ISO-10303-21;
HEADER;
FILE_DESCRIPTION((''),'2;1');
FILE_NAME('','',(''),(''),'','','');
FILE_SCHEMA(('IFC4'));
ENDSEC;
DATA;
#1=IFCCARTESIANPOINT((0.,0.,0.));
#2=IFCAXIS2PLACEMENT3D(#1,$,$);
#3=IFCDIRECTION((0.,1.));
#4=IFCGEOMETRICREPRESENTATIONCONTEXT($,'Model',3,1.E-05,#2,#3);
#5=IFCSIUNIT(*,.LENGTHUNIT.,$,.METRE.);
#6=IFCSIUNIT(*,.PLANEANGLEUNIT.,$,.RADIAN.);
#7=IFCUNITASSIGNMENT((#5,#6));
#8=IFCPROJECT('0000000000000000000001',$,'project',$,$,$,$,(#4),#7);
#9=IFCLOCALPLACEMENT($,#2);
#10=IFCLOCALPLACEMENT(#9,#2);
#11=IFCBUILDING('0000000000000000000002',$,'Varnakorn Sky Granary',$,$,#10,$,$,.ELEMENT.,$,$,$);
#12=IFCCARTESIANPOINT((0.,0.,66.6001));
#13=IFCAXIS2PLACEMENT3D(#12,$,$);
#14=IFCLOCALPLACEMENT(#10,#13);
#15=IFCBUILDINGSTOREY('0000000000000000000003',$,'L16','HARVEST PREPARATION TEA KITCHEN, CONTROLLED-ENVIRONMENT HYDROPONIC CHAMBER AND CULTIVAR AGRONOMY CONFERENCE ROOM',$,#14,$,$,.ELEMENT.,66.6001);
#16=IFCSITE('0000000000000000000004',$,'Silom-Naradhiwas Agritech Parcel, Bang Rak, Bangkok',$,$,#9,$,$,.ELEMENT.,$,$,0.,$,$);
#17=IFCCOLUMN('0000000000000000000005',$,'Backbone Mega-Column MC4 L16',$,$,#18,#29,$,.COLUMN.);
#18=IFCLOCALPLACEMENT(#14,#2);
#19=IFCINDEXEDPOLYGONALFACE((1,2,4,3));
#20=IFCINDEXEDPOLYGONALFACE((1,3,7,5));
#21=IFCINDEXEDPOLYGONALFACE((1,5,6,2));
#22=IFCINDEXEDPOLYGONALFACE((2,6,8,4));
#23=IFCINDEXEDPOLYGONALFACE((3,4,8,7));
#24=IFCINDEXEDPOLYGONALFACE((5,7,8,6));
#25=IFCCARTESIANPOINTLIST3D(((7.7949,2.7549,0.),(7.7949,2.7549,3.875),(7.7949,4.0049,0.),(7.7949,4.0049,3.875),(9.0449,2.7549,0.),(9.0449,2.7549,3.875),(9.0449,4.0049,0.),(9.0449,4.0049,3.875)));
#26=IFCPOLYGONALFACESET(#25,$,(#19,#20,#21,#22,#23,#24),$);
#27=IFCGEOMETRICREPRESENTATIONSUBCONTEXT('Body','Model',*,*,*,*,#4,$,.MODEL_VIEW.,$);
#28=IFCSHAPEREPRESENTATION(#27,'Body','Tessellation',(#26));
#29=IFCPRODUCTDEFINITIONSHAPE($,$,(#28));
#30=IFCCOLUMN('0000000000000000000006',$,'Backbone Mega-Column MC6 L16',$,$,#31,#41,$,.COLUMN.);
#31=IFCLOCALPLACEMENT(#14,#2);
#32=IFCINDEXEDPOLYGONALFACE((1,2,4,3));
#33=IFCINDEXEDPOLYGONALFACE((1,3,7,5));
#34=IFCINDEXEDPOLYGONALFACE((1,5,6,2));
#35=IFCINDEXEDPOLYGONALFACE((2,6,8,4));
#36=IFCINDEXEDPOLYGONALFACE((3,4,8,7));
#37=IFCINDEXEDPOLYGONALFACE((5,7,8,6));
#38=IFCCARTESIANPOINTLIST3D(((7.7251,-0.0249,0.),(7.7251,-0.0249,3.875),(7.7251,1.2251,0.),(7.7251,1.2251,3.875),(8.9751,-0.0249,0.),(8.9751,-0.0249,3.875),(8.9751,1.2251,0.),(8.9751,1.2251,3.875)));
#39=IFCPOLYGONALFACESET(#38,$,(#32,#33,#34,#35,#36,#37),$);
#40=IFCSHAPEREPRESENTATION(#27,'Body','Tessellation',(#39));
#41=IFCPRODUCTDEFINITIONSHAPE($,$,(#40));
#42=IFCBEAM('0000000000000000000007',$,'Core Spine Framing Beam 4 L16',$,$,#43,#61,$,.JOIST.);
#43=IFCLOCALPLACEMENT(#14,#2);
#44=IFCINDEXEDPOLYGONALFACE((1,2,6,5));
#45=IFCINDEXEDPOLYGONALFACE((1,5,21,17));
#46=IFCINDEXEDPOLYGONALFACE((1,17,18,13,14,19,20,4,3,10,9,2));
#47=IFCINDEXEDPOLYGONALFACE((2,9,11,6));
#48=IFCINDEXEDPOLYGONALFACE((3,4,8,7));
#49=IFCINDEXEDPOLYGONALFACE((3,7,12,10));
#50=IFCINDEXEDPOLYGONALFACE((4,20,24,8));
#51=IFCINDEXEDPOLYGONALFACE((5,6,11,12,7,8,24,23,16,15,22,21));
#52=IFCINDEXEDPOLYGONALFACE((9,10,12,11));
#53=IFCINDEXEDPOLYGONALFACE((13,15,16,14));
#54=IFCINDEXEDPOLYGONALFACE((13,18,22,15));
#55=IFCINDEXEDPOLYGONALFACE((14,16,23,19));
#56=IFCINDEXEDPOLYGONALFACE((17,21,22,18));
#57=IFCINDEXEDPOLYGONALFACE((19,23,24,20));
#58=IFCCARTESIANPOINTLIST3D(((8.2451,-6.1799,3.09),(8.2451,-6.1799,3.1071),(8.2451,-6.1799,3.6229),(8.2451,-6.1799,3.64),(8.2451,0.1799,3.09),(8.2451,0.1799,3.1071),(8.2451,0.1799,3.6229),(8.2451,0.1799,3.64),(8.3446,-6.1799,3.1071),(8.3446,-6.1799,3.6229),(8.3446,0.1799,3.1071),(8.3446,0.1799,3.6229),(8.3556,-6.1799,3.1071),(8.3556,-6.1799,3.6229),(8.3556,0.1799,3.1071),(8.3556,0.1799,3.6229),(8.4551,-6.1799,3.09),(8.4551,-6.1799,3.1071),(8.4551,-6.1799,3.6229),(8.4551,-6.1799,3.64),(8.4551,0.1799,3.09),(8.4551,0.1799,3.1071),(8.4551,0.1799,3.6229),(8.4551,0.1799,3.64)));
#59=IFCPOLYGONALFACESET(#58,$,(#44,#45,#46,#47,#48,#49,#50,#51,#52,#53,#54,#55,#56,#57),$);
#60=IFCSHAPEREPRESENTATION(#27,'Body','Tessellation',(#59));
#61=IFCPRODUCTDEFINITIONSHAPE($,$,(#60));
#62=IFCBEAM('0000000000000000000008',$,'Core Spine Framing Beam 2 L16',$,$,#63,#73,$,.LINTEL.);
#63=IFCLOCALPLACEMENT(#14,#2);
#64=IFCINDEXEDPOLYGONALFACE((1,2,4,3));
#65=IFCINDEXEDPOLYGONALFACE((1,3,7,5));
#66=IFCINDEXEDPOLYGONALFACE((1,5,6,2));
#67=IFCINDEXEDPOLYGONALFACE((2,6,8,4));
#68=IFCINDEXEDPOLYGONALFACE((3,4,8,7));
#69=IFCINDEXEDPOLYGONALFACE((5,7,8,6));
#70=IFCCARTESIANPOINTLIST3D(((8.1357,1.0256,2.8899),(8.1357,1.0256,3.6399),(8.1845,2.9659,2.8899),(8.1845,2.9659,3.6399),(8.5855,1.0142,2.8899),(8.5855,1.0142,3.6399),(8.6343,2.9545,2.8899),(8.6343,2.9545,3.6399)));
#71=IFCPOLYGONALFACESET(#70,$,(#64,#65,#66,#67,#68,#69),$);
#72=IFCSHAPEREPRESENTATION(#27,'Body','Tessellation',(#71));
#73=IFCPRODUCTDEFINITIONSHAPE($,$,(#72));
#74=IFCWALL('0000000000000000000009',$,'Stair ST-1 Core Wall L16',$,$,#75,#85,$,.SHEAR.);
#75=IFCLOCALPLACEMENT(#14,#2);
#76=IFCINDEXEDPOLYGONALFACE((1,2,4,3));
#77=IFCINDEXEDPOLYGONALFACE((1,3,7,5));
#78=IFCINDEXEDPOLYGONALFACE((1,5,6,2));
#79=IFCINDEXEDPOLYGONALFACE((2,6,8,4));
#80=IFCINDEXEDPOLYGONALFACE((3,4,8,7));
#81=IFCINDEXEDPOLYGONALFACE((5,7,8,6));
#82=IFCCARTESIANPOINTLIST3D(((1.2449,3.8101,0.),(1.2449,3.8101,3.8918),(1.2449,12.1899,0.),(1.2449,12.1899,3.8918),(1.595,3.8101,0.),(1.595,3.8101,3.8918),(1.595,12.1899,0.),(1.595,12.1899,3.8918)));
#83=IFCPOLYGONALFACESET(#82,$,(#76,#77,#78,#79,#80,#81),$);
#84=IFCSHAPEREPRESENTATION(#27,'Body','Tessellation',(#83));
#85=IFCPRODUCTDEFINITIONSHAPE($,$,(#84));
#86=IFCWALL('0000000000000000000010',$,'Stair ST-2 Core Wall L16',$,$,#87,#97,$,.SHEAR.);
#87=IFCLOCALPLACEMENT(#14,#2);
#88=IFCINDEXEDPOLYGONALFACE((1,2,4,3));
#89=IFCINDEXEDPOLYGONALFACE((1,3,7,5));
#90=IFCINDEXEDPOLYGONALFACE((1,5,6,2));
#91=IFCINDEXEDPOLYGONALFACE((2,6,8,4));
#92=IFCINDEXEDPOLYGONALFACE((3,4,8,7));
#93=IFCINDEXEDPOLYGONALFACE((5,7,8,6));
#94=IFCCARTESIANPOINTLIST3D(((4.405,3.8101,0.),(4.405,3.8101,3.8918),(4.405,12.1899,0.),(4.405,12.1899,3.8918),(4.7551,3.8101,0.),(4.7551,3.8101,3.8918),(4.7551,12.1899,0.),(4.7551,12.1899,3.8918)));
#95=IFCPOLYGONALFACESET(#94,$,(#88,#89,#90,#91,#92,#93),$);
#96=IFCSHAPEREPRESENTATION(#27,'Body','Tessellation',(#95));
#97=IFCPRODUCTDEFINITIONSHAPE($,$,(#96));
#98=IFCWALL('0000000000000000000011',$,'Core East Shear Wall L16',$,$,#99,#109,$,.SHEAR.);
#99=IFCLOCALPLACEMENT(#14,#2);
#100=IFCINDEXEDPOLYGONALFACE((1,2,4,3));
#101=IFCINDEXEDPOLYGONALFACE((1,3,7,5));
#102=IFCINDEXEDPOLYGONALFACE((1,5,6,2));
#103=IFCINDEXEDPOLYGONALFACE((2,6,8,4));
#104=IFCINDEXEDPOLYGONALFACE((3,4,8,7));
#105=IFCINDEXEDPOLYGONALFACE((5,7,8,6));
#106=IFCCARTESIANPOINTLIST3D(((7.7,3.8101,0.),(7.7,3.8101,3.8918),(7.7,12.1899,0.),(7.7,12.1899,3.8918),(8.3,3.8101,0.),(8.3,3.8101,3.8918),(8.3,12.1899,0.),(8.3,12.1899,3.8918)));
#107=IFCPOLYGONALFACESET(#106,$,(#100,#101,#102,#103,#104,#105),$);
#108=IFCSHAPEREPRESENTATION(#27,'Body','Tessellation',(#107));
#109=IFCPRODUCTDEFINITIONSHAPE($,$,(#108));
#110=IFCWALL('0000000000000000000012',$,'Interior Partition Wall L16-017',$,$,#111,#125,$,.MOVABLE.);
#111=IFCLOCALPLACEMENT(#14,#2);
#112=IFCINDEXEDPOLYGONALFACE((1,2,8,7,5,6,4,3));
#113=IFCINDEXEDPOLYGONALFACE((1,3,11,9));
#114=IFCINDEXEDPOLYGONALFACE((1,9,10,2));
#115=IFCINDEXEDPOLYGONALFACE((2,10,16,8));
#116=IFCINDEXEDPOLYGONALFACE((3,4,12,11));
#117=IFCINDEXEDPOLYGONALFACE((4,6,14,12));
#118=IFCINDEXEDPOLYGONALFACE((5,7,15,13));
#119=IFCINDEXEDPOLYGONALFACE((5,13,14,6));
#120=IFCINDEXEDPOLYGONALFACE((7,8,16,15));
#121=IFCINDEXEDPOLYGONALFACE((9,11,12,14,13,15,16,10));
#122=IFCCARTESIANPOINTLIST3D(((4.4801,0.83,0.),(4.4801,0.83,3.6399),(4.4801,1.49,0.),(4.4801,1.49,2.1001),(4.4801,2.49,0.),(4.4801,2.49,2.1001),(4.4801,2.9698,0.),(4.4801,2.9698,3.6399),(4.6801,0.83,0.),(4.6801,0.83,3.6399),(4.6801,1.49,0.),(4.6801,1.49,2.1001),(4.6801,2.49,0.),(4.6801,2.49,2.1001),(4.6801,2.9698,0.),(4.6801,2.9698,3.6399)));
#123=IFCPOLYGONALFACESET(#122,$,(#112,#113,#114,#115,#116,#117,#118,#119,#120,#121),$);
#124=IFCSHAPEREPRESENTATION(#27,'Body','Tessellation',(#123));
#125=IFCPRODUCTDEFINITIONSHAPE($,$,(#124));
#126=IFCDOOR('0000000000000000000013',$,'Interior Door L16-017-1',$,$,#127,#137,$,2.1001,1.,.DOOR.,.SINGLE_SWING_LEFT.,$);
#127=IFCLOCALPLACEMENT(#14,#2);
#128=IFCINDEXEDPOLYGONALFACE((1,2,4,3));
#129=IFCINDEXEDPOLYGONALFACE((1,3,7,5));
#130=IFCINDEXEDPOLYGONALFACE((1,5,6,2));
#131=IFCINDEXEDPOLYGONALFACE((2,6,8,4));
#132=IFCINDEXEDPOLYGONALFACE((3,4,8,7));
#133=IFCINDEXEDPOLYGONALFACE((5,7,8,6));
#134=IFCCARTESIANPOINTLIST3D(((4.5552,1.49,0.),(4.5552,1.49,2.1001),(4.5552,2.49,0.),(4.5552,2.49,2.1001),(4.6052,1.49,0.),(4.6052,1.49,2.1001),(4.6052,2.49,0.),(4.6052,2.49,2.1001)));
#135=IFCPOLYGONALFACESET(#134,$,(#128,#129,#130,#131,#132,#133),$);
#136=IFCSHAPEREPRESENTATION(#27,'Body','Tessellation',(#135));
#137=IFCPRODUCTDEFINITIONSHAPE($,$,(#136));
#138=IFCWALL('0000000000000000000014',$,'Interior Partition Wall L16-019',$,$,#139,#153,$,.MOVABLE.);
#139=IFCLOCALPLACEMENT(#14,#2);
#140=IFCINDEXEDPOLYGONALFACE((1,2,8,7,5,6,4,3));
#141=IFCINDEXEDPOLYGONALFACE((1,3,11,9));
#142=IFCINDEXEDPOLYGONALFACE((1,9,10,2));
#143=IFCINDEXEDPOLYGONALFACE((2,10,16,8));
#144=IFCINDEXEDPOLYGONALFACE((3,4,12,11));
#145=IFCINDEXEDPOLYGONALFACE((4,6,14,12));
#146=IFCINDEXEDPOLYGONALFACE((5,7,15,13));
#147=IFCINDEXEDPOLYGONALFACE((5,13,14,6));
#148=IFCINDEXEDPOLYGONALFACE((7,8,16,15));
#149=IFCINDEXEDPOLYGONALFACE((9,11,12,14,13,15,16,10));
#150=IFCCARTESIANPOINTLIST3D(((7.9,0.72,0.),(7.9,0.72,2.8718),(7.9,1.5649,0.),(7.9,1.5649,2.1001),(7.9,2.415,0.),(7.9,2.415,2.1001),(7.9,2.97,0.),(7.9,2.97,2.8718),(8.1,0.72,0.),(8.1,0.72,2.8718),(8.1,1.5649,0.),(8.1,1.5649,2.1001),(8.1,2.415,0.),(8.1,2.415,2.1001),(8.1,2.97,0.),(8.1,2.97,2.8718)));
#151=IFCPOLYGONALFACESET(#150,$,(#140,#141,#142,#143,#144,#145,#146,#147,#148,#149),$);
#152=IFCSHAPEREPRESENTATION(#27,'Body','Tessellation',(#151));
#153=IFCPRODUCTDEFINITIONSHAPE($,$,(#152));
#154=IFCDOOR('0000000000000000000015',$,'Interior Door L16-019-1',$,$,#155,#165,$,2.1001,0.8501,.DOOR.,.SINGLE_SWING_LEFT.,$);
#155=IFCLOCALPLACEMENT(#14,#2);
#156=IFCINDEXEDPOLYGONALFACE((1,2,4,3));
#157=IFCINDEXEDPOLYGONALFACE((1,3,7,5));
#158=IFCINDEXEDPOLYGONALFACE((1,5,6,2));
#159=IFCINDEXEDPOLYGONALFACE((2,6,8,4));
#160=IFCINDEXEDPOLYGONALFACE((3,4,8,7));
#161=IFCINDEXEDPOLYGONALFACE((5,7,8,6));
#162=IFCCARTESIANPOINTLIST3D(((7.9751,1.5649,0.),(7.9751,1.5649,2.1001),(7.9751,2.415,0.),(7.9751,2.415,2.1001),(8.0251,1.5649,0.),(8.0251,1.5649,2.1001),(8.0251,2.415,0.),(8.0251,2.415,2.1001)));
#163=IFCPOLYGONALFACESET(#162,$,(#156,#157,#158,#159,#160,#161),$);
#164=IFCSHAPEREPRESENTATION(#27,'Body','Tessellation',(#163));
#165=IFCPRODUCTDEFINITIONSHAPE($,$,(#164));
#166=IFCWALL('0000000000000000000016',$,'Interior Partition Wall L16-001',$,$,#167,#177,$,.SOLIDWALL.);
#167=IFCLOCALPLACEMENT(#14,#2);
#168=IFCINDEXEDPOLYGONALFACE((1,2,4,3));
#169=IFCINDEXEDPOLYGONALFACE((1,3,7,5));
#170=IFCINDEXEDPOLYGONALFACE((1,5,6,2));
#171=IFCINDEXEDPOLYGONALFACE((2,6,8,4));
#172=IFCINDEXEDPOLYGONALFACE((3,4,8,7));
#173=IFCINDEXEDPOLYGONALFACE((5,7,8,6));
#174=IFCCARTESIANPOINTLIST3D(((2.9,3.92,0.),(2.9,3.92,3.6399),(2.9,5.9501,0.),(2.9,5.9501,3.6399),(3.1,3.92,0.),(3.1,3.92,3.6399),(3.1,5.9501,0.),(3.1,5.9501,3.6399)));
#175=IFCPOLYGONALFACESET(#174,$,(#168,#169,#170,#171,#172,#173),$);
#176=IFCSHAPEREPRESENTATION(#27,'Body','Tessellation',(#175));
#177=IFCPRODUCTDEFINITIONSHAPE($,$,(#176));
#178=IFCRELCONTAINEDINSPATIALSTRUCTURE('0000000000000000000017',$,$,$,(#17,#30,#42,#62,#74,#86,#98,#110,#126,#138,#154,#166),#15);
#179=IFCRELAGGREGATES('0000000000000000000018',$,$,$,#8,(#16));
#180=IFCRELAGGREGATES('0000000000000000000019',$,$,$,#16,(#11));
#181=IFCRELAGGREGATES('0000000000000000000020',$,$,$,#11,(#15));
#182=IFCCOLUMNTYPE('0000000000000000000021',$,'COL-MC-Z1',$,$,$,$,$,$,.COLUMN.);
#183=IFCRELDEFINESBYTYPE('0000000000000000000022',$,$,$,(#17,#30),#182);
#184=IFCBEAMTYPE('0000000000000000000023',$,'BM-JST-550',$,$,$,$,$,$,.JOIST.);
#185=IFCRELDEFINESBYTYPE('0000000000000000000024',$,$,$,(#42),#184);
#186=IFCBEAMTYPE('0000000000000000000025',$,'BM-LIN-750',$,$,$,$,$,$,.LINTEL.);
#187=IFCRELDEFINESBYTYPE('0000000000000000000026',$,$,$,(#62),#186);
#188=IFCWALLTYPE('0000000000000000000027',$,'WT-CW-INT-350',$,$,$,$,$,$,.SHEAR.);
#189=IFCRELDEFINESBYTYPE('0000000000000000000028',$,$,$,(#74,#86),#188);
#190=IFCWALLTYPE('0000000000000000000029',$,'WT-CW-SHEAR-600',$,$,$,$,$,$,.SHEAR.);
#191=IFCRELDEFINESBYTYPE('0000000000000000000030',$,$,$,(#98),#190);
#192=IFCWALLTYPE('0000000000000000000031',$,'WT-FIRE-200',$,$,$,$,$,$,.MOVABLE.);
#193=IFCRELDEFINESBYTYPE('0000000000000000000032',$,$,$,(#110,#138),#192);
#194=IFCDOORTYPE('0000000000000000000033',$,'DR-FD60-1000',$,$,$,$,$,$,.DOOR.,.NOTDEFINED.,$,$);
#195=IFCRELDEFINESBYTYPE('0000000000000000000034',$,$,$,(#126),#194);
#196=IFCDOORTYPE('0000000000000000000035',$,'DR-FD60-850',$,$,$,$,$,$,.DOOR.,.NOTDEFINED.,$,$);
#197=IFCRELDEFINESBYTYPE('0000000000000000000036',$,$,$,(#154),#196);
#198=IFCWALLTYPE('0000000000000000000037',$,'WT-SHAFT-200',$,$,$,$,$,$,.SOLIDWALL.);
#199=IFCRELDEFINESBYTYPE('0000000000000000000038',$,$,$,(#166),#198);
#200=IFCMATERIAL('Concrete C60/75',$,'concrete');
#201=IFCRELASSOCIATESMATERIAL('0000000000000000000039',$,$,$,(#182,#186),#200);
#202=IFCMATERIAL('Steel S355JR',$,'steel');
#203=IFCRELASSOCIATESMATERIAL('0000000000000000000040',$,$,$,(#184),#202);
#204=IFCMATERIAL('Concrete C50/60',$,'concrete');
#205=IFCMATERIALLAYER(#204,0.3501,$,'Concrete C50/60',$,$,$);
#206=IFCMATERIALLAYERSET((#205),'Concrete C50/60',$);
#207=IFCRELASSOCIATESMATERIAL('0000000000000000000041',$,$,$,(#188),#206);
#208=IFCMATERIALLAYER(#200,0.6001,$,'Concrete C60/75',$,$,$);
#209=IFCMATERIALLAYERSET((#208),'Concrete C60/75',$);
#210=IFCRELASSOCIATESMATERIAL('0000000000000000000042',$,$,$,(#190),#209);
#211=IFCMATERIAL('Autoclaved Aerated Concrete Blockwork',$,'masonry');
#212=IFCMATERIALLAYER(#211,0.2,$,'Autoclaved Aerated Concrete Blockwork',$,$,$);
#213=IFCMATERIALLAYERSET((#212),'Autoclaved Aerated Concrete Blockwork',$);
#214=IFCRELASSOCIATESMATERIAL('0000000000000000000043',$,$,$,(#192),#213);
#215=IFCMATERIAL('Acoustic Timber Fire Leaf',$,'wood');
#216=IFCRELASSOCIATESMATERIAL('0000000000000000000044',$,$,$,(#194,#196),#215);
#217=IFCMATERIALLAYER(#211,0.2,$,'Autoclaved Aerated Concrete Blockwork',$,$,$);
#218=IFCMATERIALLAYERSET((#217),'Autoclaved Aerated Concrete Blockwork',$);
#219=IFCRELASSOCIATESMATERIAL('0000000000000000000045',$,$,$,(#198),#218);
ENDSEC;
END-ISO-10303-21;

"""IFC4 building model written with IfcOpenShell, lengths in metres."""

from ifc_helpers import new_model, si_unit, direction, frame, frame_2d, origin, origin_2d, place, context, subcontext, project, spatial, rectangle, i_section, extrude, material, layer, layer_set, material_profile, profile_set, type_object, element, fill, save


model = new_model("IFC4")

# Units and contexts
model_context = context("Model", 3, precision=1e-05, world=origin(), true_north=direction((0.0, 1.0)))
body_context = subcontext(model_context, "Body", "Model", "MODEL_VIEW")
ifc_project = project(units=[si_unit("LENGTHUNIT", "METRE"), si_unit("PLANEANGLEUNIT", "RADIAN")], contexts=[model_context])

# Site, building, storey
site_placement = place(None, origin())
site = spatial("IfcSite", under=ifc_project, at=site_placement, Name="Silom-Naradhiwas Agritech Parcel, Bang Rak, Bangkok", CompositionType="ELEMENT", RefElevation=0.0)
building_placement = place(site_placement, origin())
building = spatial("IfcBuilding", under=site, at=building_placement, Name="Varnakorn Sky Granary", CompositionType="ELEMENT")
storey_placement = place(building_placement, frame((0.0, 0.0, 66.6001)))
storey = spatial("IfcBuildingStorey", under=building, at=storey_placement, Name="L16", Description="HARVEST PREPARATION TEA KITCHEN, CONTROLLED-ENVIRONMENT HYDROPONIC CHAMBER AND CULTIVAR AGRONOMY CONFERENCE ROOM", CompositionType="ELEMENT", Elevation=66.6001)

# Columns
ifc_material_1 = material(Name="Concrete C60/75", Category="concrete")
ifc_material_profile_1 = material_profile(ifc_material_1, rectangle(XDim=1.25, YDim=1.25, at=origin_2d()), Name="RC 1250x1250")
ifc_profile_set_1 = profile_set([ifc_material_profile_1], Name="Concrete C60/75")
column_type = type_object("IfcColumnType", Name="COL-MC-Z1", PredefinedType="COLUMN", material=ifc_profile_set_1)
for number, where, z_axis, x_axis, name in (
    (1, (8.4199, 3.3799, 0.0), (0.0, 0.0, 1.0), (1.0, 0.0, 0.0), "Backbone Mega-Column MC4 L16"),
    (2, (8.3501, 0.6001, 0.0), (0.0, 0.0, 1.0), (1.0, 0.0, 0.0), "Backbone Mega-Column MC6 L16"),
):
    element("IfcColumn", number, at=place(storey_placement, frame(where, z_axis=z_axis, x_axis=x_axis)), inside=storey, type_object=column_type, Name=name, PredefinedType="COLUMN", context=body_context, shape_type="SweptSolid", body=[
        extrude(rectangle(XDim=1.25, YDim=1.25, at=origin_2d()), origin(), (0.0, 0.0, 1.0), 3.875),
    ])

# Beams
ifc_material_2 = material(Name="Steel S355JR", Category="steel")
ifc_material_profile_2 = material_profile(ifc_material_2, i_section(OverallWidth=0.21, OverallDepth=0.55, WebThickness=0.011, FlangeThickness=0.0171, at=origin_2d()), Name="IPE 550")
ifc_profile_set_2 = profile_set([ifc_material_profile_2], Name="Steel S355JR")
beam_type_1 = type_object("IfcBeamType", Name="BM-JST-550", PredefinedType="JOIST", material=ifc_profile_set_2)
beam_1_placement = place(storey_placement, frame((8.3501, 0.1799, 3.365), z_axis=(0.0, -1.0, 0.0), x_axis=(1.0, 0.0, 0.0)))
element("IfcBeam", 3, at=beam_1_placement, inside=storey, type_object=beam_type_1, Name="Core Spine Framing Beam 4 L16", PredefinedType="JOIST", context=body_context, shape_type="SweptSolid", body=[
    extrude(i_section(OverallWidth=0.21, OverallDepth=0.55, WebThickness=0.011, FlangeThickness=0.0171, at=origin_2d()), origin(), (0.0, 0.0, 1.0), 6.3599),
])
ifc_material_profile_3 = material_profile(ifc_material_1, rectangle(XDim=0.45, YDim=0.75, at=origin_2d()), Name="RC 450x750")
ifc_profile_set_3 = profile_set([ifc_material_profile_3], Name="Concrete C60/75")
beam_type_2 = type_object("IfcBeamType", Name="BM-LIN-750", PredefinedType="LINTEL", material=ifc_profile_set_3)
beam_2_placement = place(storey_placement, frame((8.4094, 2.9602, 3.2649), z_axis=(-0.025159, -0.999683, 0.0), x_axis=(0.999683, -0.025159, 0.0)))
element("IfcBeam", 4, at=beam_2_placement, inside=storey, type_object=beam_type_2, Name="Core Spine Framing Beam 2 L16", PredefinedType="LINTEL", context=body_context, shape_type="SweptSolid", body=[
    extrude(rectangle(XDim=0.45, YDim=0.75, at=origin_2d()), origin(), (0.0, 0.0, 1.0), 1.9409),
])

# Walls
ifc_material_3 = material(Name="Concrete C50/60", Category="concrete")
ifc_layer_1 = layer(ifc_material_3, 0.3501, Name="Concrete C50/60")
ifc_layer_set_1 = layer_set([ifc_layer_1], Name="Concrete C50/60")
wall_type_1 = type_object("IfcWallType", Name="WT-CW-INT-350", PredefinedType="SHEAR", material=ifc_layer_set_1)
for number, where, z_axis, x_axis, name in (
    (5, (1.4199, 3.8101, 0.0), (0.0, 0.0, 1.0), (0.0, 1.0, 0.0), "Stair ST-1 Core Wall L16"),
    (6, (4.5801, 3.8101, 0.0), (0.0, 0.0, 1.0), (0.0, 1.0, 0.0), "Stair ST-2 Core Wall L16"),
):
    element("IfcWall", number, at=place(storey_placement, frame(where, z_axis=z_axis, x_axis=x_axis)), inside=storey, type_object=wall_type_1, Name=name, PredefinedType="SHEAR", context=body_context, shape_type="SweptSolid", body=[
        extrude(rectangle(XDim=8.3799, YDim=0.3501, at=frame_2d((4.1899, 0.0))), origin(), (0.0, 0.0, 1.0), 3.8918),
    ])
ifc_layer_2 = layer(ifc_material_1, 0.6001, Name="Concrete C60/75")
ifc_layer_set_2 = layer_set([ifc_layer_2], Name="Concrete C60/75")
wall_type_2 = type_object("IfcWallType", Name="WT-CW-SHEAR-600", PredefinedType="SHEAR", material=ifc_layer_set_2)
wall_1_placement = place(storey_placement, frame((8.0, 3.8101, 0.0), z_axis=(0.0, 0.0, 1.0), x_axis=(0.0, 1.0, 0.0)))
element("IfcWall", 7, at=wall_1_placement, inside=storey, type_object=wall_type_2, Name="Core East Shear Wall L16", PredefinedType="SHEAR", context=body_context, shape_type="SweptSolid", body=[
    extrude(rectangle(XDim=8.3799, YDim=0.6001, at=frame_2d((4.1899, 0.0))), origin(), (0.0, 0.0, 1.0), 3.8918),
])

# Walls, openings, doors
ifc_material_4 = material(Name="Autoclaved Aerated Concrete Blockwork", Category="masonry")
ifc_layer_3 = layer(ifc_material_4, 0.2, Name="Autoclaved Aerated Concrete Blockwork")
ifc_layer_set_3 = layer_set([ifc_layer_3], Name="Autoclaved Aerated Concrete Blockwork")
wall_type_3 = type_object("IfcWallType", Name="WT-FIRE-200", PredefinedType="MOVABLE", material=ifc_layer_set_3)
wall_2_placement = place(storey_placement, frame((4.5801, 0.8301, 0.0), z_axis=(0.0, 0.0, 1.0), x_axis=(0.0, 1.0, 0.0)))
wall_2 = element("IfcWall", 8, at=wall_2_placement, inside=storey, type_object=wall_type_3, Name="Interior Partition Wall L16-017", PredefinedType="MOVABLE", context=body_context, shape_type="SweptSolid", body=[
    extrude(rectangle(XDim=2.1399, YDim=0.2, at=frame_2d((1.0698, 0.0))), origin(), (0.0, 0.0, 1.0), 3.6399),
])
opening_1_placement = place(wall_2_placement, frame((0.6599, 0.0, 0.0)))
opening_1 = element("IfcOpeningElement", 9, at=opening_1_placement, cuts=wall_2, PredefinedType="OPENING", context=body_context, shape_type="SweptSolid", body=[
    extrude(rectangle(XDim=1.0, YDim=2.1001, at=frame_2d((0.5, 1.05))), frame((0.0, 0.1099, 0.0), z_axis=(0.0, -1.0, 0.0), x_axis=(1.0, 0.0, 0.0)), (0.0, 0.0, 1.0), 0.22),
])
ifc_material_5 = material(Name="Acoustic Timber Fire Leaf", Category="wood")
door_type_1 = type_object("IfcDoorType", Name="DR-FD60-1000", OperationType="NOTDEFINED", PredefinedType="DOOR", material=ifc_material_5)
door_1_placement = place(opening_1_placement, origin())
door_1 = element("IfcDoor", 10, at=door_1_placement, inside=storey, type_object=door_type_1, Name="Interior Door L16-017-1", OperationType="SINGLE_SWING_LEFT", OverallHeight=2.1001, OverallWidth=1.0, PredefinedType="DOOR", context=body_context, shape_type="SweptSolid", body=[
    extrude(rectangle(XDim=1.0, YDim=2.1001, at=frame_2d((0.5, 1.05))), frame((0.0, 0.0249, 0.0), z_axis=(0.0, -1.0, 0.0), x_axis=(1.0, 0.0, 0.0)), (0.0, 0.0, 1.0), 0.05),
])
fill(opening_1, door_1)
wall_3_placement = place(storey_placement, frame((8.0, 0.72, 0.0), z_axis=(0.0, 0.0, 1.0), x_axis=(0.0, 1.0, 0.0)))
wall_3 = element("IfcWall", 11, at=wall_3_placement, inside=storey, type_object=wall_type_3, Name="Interior Partition Wall L16-019", PredefinedType="MOVABLE", context=body_context, shape_type="SweptSolid", body=[
    extrude(rectangle(XDim=2.25, YDim=0.2, at=frame_2d((1.125, 0.0))), origin(), (0.0, 0.0, 1.0), 2.8718),
])
opening_2_placement = place(wall_3_placement, frame((0.845, 0.0, 0.0)))
opening_2 = element("IfcOpeningElement", 12, at=opening_2_placement, cuts=wall_3, PredefinedType="OPENING", context=body_context, shape_type="SweptSolid", body=[
    extrude(rectangle(XDim=0.8501, YDim=2.1001, at=frame_2d((0.425, 1.05))), frame((0.0, 0.1099, 0.0), z_axis=(0.0, -1.0, 0.0), x_axis=(1.0, 0.0, 0.0)), (0.0, 0.0, 1.0), 0.22),
])
door_type_2 = type_object("IfcDoorType", Name="DR-FD60-850", OperationType="NOTDEFINED", PredefinedType="DOOR", material=ifc_material_5)
door_2_placement = place(opening_2_placement, origin())
door_2 = element("IfcDoor", 13, at=door_2_placement, inside=storey, type_object=door_type_2, Name="Interior Door L16-019-1", OperationType="SINGLE_SWING_LEFT", OverallHeight=2.1001, OverallWidth=0.8501, PredefinedType="DOOR", context=body_context, shape_type="SweptSolid", body=[
    extrude(rectangle(XDim=0.8501, YDim=2.1001, at=frame_2d((0.425, 1.05))), frame((0.0, 0.0249, 0.0), z_axis=(0.0, -1.0, 0.0), x_axis=(1.0, 0.0, 0.0)), (0.0, 0.0, 1.0), 0.05),
])
fill(opening_2, door_2)

# Wall
ifc_layer_4 = layer(ifc_material_4, 0.2, Name="Autoclaved Aerated Concrete Blockwork")
ifc_layer_set_4 = layer_set([ifc_layer_4], Name="Autoclaved Aerated Concrete Blockwork")
wall_type_4 = type_object("IfcWallType", Name="WT-SHAFT-200", PredefinedType="SOLIDWALL", material=ifc_layer_set_4)
wall_4_placement = place(storey_placement, frame((3.0, 3.9199, 0.0), z_axis=(0.0, 0.0, 1.0), x_axis=(0.0, 1.0, 0.0)))
element("IfcWall", 14, at=wall_4_placement, inside=storey, type_object=wall_type_4, Name="Interior Partition Wall L16-001", PredefinedType="SOLIDWALL", context=body_context, shape_type="SweptSolid", body=[
    extrude(rectangle(XDim=2.03, YDim=0.2, at=frame_2d((1.0151, 0.0))), origin(), (0.0, 0.0, 1.0), 3.6399),
])

save(model, "model.ifc")
